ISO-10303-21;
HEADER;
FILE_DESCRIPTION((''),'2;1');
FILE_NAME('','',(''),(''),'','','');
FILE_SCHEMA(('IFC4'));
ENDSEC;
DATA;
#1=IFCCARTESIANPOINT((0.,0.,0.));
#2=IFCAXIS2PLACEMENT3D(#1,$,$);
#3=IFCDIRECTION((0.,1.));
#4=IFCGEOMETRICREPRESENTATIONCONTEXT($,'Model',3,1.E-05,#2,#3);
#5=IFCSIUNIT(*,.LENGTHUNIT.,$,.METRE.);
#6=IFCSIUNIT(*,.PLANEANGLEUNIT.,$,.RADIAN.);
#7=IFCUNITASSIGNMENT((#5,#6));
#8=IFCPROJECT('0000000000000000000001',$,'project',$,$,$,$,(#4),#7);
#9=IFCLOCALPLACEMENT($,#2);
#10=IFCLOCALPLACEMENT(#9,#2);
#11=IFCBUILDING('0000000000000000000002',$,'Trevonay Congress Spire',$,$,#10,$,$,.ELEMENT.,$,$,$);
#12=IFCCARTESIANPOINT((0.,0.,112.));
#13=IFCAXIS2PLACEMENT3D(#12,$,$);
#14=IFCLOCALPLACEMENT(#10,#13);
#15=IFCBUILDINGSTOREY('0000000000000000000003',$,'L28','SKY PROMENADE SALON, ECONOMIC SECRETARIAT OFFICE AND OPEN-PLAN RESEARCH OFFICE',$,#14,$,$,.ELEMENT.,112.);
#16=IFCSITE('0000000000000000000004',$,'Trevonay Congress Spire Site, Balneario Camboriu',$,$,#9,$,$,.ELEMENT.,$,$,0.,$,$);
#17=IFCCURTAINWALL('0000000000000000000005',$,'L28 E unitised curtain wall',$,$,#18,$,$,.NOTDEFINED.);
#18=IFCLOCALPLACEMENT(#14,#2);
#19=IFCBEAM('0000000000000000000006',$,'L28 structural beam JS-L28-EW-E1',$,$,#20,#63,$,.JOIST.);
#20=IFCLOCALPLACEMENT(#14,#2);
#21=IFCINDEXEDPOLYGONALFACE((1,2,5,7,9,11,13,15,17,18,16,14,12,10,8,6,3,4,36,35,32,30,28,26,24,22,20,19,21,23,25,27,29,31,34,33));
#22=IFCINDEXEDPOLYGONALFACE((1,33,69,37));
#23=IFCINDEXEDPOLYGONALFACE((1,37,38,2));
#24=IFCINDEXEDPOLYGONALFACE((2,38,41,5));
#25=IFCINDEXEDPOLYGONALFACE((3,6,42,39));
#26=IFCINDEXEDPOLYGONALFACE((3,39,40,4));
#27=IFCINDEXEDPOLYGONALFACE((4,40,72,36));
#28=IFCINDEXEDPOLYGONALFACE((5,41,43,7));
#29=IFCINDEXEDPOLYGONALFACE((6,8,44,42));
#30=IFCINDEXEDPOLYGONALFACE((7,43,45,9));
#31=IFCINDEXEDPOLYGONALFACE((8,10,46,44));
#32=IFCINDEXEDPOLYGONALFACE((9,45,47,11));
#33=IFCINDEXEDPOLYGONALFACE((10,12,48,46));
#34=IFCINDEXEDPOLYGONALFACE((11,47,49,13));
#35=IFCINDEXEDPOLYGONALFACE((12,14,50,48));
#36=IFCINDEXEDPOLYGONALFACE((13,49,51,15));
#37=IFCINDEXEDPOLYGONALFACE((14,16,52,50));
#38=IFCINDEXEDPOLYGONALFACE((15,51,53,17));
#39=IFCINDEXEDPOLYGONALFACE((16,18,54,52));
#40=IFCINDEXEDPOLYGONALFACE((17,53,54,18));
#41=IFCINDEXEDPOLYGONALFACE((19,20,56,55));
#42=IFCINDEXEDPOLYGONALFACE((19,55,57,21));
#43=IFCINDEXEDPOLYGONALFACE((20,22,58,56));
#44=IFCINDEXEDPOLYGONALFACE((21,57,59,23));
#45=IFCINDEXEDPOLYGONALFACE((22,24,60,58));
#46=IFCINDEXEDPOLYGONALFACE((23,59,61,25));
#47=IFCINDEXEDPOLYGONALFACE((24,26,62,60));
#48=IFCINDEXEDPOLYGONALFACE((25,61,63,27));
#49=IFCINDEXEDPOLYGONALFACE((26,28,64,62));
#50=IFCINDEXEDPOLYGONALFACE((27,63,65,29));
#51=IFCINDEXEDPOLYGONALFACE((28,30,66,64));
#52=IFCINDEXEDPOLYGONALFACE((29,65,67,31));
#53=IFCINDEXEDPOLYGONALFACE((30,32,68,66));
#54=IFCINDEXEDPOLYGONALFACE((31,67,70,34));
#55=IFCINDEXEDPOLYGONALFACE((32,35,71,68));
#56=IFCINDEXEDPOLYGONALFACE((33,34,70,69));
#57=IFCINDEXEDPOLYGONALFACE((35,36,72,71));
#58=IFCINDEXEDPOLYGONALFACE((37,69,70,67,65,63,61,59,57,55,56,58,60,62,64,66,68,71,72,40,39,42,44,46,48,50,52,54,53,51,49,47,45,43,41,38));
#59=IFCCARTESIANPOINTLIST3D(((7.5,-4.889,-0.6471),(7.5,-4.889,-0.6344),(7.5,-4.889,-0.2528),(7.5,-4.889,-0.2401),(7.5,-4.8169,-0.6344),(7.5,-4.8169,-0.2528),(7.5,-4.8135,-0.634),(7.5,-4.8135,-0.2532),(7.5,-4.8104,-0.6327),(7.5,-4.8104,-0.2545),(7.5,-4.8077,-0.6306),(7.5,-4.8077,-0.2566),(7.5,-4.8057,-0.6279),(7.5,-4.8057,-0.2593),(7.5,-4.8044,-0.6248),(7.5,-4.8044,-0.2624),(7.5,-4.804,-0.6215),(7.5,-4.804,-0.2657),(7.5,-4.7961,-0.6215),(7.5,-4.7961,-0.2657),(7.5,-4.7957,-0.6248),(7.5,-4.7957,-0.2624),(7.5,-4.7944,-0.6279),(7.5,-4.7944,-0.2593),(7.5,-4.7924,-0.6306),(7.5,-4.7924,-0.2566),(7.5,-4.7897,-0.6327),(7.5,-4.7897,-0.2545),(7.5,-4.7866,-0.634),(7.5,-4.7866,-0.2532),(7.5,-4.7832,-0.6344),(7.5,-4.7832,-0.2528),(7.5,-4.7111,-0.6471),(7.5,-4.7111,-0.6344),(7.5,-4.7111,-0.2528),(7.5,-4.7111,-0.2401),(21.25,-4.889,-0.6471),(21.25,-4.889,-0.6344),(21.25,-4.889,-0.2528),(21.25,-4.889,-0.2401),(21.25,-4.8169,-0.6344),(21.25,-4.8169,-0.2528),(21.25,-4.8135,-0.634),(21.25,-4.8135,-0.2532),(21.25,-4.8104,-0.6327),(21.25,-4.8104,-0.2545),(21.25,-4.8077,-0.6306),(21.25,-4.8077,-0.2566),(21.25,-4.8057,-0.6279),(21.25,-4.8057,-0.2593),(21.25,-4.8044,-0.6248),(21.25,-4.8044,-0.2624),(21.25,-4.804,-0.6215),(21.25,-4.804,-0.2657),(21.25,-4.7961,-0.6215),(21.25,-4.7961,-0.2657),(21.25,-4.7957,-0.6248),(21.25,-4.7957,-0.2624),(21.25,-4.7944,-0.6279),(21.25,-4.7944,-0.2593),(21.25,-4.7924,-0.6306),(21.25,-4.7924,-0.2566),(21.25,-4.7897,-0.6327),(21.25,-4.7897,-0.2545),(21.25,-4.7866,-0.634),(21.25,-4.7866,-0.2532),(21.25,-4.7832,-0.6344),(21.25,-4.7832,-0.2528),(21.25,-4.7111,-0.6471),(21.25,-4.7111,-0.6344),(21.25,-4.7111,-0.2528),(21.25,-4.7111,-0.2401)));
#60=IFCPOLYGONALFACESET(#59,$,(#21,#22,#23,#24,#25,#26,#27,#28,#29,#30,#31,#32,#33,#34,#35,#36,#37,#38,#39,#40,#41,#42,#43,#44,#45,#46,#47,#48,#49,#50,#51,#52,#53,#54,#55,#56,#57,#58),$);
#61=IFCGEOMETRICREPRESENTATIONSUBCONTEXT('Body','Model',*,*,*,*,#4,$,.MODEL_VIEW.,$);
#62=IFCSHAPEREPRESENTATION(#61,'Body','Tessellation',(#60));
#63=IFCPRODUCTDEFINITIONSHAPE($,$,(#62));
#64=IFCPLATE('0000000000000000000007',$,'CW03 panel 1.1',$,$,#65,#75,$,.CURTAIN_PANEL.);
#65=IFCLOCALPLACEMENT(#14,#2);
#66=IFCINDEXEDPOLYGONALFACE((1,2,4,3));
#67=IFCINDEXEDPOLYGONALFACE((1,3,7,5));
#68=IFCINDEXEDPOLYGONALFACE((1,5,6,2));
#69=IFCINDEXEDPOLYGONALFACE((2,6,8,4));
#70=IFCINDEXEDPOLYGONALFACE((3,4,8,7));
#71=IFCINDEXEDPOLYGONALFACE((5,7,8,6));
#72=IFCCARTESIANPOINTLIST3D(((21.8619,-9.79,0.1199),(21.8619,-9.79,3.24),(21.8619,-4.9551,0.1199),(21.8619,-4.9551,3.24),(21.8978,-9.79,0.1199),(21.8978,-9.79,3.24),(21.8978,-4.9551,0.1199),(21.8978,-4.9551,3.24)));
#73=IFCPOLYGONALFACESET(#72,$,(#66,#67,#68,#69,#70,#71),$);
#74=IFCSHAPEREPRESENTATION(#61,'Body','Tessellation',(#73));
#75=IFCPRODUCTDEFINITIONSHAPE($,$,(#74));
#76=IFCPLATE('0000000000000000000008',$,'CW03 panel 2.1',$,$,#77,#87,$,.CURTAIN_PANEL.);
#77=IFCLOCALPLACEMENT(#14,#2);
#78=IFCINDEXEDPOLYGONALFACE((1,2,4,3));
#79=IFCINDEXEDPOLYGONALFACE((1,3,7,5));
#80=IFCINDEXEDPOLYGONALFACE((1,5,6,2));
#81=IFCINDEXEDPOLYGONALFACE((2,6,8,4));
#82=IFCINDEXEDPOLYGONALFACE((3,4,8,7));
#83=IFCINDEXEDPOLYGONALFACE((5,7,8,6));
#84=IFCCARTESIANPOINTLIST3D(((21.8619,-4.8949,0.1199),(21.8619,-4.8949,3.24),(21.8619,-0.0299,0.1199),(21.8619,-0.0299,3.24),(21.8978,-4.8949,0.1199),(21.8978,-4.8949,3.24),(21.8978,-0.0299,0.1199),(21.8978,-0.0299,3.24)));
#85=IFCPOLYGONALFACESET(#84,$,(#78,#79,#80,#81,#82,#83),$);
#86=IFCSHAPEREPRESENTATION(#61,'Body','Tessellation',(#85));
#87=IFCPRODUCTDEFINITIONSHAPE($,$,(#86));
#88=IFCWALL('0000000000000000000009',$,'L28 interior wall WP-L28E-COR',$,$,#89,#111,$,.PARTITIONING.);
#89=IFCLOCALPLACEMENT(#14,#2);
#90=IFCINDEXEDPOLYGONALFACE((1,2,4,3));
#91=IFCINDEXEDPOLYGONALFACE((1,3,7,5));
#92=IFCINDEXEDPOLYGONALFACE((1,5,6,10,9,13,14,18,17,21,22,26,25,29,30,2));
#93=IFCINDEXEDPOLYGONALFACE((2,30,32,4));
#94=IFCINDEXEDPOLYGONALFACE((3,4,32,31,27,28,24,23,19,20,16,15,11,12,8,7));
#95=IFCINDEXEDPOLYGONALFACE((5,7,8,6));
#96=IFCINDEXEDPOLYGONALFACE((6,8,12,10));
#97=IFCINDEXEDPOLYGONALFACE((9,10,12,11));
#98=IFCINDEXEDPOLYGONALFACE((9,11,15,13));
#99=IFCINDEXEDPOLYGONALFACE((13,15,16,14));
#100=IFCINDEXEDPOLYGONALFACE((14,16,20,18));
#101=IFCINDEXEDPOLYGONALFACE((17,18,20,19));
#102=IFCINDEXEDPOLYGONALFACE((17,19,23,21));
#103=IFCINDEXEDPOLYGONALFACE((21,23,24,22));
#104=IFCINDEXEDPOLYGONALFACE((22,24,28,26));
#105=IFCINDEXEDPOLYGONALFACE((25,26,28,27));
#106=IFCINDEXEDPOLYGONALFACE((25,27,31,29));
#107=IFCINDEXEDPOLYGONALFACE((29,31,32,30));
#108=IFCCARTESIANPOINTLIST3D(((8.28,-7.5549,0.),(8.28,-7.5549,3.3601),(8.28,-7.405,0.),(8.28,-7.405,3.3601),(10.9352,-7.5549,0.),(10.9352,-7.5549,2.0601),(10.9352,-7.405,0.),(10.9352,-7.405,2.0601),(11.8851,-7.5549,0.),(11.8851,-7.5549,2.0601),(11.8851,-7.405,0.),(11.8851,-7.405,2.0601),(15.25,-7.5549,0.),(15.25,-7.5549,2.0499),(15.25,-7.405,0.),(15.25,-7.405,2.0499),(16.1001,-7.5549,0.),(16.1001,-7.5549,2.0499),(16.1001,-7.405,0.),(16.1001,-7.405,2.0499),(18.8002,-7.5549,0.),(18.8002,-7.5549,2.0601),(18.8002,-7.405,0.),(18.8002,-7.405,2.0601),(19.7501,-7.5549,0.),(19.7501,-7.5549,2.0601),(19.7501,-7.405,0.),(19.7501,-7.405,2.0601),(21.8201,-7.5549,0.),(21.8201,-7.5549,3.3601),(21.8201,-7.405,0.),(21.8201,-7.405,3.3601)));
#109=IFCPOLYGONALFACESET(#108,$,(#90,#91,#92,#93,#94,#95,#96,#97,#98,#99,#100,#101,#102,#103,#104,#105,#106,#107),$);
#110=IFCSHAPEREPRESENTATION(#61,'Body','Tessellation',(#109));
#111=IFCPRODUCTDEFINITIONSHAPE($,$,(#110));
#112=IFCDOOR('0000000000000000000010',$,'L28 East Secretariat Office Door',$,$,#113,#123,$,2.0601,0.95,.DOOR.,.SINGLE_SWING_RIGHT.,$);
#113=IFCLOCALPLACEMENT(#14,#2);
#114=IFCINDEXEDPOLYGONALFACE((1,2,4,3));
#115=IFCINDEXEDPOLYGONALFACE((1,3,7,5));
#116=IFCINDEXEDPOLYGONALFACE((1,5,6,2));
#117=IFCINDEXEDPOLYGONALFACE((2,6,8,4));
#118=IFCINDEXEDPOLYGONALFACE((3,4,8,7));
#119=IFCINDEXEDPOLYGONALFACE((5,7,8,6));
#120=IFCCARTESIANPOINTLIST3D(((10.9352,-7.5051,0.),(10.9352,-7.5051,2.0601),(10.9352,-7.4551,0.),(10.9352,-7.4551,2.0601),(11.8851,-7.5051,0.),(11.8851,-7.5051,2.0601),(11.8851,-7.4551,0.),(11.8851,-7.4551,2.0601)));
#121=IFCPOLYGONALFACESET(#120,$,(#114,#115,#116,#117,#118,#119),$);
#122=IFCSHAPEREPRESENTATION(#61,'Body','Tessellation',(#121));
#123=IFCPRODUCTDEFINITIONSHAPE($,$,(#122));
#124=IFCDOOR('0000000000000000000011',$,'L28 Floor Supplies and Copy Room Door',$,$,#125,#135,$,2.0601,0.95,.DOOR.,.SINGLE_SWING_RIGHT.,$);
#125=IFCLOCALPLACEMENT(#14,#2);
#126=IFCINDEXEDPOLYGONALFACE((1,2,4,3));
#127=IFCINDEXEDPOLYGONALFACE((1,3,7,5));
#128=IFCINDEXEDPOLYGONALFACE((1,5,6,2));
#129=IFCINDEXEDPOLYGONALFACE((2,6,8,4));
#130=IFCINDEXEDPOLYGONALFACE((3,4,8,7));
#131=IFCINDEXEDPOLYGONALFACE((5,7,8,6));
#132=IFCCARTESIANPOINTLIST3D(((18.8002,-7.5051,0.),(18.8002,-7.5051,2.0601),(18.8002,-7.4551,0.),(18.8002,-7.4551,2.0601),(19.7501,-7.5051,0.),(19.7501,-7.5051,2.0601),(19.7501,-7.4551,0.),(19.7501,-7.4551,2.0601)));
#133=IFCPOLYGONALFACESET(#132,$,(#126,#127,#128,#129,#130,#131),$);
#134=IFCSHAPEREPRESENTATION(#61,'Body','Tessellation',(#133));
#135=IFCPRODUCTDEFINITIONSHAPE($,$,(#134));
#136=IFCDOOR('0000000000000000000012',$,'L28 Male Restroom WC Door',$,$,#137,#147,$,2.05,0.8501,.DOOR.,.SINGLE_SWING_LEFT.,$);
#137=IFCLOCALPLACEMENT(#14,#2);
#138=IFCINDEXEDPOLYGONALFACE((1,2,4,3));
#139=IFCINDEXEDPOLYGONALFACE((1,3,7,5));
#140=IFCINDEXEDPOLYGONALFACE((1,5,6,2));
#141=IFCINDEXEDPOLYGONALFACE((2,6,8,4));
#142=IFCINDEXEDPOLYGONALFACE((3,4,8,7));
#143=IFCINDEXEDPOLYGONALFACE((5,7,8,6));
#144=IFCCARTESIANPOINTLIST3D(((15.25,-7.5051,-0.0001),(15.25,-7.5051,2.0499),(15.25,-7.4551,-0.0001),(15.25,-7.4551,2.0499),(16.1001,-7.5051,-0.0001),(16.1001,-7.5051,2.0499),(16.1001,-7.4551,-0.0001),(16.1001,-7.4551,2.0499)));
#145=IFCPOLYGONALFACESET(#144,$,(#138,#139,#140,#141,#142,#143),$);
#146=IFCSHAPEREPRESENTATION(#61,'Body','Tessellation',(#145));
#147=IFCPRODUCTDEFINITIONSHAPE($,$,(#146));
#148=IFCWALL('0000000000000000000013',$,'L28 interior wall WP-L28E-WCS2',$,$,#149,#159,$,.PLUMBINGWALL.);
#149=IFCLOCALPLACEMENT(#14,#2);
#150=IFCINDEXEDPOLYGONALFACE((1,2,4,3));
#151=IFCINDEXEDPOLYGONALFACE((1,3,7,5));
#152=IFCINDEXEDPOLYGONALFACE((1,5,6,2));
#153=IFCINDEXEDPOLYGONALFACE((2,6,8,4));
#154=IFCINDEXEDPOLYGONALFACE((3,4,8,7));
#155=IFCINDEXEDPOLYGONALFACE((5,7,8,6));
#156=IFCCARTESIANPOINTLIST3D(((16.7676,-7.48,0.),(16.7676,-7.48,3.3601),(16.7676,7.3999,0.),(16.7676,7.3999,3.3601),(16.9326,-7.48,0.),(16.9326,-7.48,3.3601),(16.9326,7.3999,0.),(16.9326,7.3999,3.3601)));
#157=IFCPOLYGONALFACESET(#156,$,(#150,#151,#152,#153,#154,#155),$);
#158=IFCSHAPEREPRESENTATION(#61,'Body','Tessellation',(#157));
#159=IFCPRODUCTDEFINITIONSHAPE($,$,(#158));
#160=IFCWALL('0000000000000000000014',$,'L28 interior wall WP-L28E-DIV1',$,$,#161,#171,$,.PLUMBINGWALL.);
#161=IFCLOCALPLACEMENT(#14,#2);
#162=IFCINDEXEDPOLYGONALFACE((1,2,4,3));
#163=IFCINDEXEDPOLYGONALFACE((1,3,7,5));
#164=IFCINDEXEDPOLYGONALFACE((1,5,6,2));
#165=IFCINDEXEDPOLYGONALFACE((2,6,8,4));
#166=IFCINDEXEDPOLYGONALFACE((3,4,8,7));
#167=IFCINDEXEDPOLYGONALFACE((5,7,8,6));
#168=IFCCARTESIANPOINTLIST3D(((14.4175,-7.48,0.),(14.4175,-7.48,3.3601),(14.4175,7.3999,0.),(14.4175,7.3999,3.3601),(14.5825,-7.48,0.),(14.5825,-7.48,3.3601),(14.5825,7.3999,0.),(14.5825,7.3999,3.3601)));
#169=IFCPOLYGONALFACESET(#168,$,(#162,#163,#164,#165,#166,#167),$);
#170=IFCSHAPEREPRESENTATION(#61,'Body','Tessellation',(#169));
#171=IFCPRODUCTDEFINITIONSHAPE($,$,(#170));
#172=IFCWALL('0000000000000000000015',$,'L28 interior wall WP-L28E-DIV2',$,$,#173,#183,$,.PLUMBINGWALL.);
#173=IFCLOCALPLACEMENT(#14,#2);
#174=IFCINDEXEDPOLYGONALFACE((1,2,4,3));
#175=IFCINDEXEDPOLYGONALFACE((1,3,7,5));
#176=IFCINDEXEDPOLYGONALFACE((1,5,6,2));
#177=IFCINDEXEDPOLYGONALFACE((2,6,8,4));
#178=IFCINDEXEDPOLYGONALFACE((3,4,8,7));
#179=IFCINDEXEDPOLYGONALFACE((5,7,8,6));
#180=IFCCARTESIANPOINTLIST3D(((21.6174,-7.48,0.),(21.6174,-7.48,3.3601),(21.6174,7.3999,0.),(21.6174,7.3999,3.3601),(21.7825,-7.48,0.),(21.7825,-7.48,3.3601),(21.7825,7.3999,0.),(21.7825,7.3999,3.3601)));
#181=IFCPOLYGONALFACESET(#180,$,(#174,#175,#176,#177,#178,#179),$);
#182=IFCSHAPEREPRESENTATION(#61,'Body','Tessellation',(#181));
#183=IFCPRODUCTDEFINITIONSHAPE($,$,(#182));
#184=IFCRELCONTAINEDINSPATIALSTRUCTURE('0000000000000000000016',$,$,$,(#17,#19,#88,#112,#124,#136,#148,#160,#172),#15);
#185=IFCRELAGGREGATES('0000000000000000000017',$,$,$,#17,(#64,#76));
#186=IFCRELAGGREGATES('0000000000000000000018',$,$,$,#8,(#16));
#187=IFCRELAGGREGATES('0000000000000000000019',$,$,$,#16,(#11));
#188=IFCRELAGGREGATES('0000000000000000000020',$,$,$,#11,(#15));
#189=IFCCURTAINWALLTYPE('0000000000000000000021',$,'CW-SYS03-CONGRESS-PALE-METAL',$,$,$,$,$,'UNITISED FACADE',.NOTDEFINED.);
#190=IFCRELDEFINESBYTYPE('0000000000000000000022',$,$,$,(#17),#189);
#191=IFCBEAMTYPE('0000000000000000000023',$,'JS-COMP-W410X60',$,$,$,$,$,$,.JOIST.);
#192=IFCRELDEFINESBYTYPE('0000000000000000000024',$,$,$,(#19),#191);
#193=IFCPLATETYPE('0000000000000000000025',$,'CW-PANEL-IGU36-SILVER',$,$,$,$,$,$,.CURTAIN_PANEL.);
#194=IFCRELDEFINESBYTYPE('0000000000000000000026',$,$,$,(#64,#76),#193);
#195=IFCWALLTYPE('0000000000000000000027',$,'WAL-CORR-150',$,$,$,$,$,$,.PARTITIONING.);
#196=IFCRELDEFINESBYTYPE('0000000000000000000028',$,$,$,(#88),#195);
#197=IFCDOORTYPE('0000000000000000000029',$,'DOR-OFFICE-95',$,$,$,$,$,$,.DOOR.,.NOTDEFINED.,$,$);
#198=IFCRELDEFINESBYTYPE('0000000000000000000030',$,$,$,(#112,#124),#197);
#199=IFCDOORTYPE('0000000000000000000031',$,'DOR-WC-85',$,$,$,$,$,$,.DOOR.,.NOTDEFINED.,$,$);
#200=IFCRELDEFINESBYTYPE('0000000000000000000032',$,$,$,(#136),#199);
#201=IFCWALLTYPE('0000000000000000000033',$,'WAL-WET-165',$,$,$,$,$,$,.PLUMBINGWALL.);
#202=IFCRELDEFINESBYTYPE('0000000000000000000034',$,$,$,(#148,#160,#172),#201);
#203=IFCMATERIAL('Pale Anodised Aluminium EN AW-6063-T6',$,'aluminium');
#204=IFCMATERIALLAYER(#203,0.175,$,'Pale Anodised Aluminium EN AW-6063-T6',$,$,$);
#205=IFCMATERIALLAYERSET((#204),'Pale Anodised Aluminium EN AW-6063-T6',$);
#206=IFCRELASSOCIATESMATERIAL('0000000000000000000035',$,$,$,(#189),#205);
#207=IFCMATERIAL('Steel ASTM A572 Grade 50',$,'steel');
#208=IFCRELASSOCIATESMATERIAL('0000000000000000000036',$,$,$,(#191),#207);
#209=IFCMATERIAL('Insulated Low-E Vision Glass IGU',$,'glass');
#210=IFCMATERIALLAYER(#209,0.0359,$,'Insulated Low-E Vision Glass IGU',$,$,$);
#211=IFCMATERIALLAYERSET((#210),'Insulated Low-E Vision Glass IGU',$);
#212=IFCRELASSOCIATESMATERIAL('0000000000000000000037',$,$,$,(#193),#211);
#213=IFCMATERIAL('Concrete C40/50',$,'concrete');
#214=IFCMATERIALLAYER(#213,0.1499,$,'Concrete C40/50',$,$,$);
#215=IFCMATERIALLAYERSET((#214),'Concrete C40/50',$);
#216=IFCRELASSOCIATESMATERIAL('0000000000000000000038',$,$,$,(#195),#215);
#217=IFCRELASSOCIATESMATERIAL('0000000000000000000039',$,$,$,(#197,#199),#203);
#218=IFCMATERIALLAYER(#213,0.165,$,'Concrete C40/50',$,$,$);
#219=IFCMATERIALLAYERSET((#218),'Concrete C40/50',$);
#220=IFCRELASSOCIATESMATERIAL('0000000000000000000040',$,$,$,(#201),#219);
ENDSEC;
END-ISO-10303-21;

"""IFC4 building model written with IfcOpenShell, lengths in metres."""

from ifc_helpers import new_model, si_unit, direction, frame, frame_2d, origin, origin_2d, place, context, subcontext, project, spatial, rectangle, i_section, extrude, material, layer, layer_set, material_profile, profile_set, type_object, element, fill, aggregate, save


model = new_model("IFC4")

# Units and contexts
model_context = context("Model", 3, precision=1e-05, world=origin(), true_north=direction((0.0, 1.0)))
body_context = subcontext(model_context, "Body", "Model", "MODEL_VIEW")
ifc_project = project(units=[si_unit("LENGTHUNIT", "METRE"), si_unit("PLANEANGLEUNIT", "RADIAN")], contexts=[model_context])

# Site, building, storey
site_placement = place(None, origin())
site = spatial("IfcSite", under=ifc_project, at=site_placement, Name="Trevonay Congress Spire Site, Balneario Camboriu", CompositionType="ELEMENT", RefElevation=0.0)
building_placement = place(site_placement, origin())
building = spatial("IfcBuilding", under=site, at=building_placement, Name="Trevonay Congress Spire", CompositionType="ELEMENT")
storey_placement = place(building_placement, frame((0.0, 0.0, 112.0)))
storey = spatial("IfcBuildingStorey", under=building, at=storey_placement, Name="L28", Description="SKY PROMENADE SALON, ECONOMIC SECRETARIAT OFFICE AND OPEN-PLAN RESEARCH OFFICE", CompositionType="ELEMENT", Elevation=112.0)

# Shared definitions
ifc_material_1 = material(Name="Steel ASTM A572 Grade 50", Category="steel")

# Curtain wall
ifc_material_2 = material(Name="Pale Anodised Aluminium EN AW-6063-T6", Category="aluminium")
ifc_layer_1 = layer(ifc_material_2, 0.175, Name="Pale Anodised Aluminium EN AW-6063-T6")
ifc_layer_set_1 = layer_set([ifc_layer_1], Name="Pale Anodised Aluminium EN AW-6063-T6")
curtain_wall_type = type_object("IfcCurtainWallType", Name="CW-SYS03-CONGRESS-PALE-METAL", ElementType="UNITISED FACADE", PredefinedType="NOTDEFINED", material=ifc_layer_set_1)
curtain_wall_placement = place(storey_placement, origin())
curtain_wall = element("IfcCurtainWall", 1, at=curtain_wall_placement, inside=storey, type_object=curtain_wall_type, Name="L28 E unitised curtain wall", PredefinedType="NOTDEFINED")

# Beam
ifc_material_profile_1 = material_profile(ifc_material_1, i_section(OverallWidth=0.178, OverallDepth=0.407, WebThickness=0.0078, FlangeThickness=0.0127, FilletRadius=0.0129, at=origin_2d()), Name="W410x60")
ifc_profile_set_1 = profile_set([ifc_material_profile_1], Name="Steel ASTM A572 Grade 50")
beam_type_1 = type_object("IfcBeamType", Name="JS-COMP-W410X60", PredefinedType="JOIST", material=ifc_profile_set_1)
beam_1_placement = place(storey_placement, frame((7.5, -4.8, -0.4436), z_axis=(1.0, 0.0, 0.0), x_axis=(0.0, 1.0, 0.0)))
element("IfcBeam", 2, at=beam_1_placement, inside=storey, type_object=beam_type_1, Name="L28 structural beam JS-L28-EW-E1", PredefinedType="JOIST", context=body_context, shape_type="SweptSolid", body=[
    extrude(i_section(OverallWidth=0.178, OverallDepth=0.407, WebThickness=0.0078, FlangeThickness=0.0127, FilletRadius=0.0129, at=origin_2d()), origin(), (0.0, 0.0, 1.0), 13.75),
])

# Plates
ifc_material_3 = material(Name="Insulated Low-E Vision Glass IGU", Category="glass")
ifc_layer_2 = layer(ifc_material_3, 0.0359, Name="Insulated Low-E Vision Glass IGU")
ifc_layer_set_2 = layer_set([ifc_layer_2], Name="Insulated Low-E Vision Glass IGU")
plate_type = type_object("IfcPlateType", Name="CW-PANEL-IGU36-SILVER", PredefinedType="CURTAIN_PANEL", material=ifc_layer_set_2)
plate_1_placement = place(storey_placement, frame((21.8799, -7.3726, 0.1199), z_axis=(0.0, 0.0, 1.0), x_axis=(0.0, 1.0, 0.0)))
plate_1 = element("IfcPlate", 3, at=plate_1_placement, type_object=plate_type, Name="CW03 panel 1.1", PredefinedType="CURTAIN_PANEL", context=body_context, shape_type="SweptSolid", body=[
    extrude(rectangle(XDim=4.835, YDim=0.0359, at=origin_2d()), origin(), (0.0, 0.0, 1.0), 3.1201),
])
plate_2_placement = place(storey_placement, frame((21.8799, -2.4624, 0.1199), z_axis=(0.0, 0.0, 1.0), x_axis=(0.0, 1.0, 0.0)))
plate_2 = element("IfcPlate", 4, at=plate_2_placement, type_object=plate_type, Name="CW03 panel 2.1", PredefinedType="CURTAIN_PANEL", context=body_context, shape_type="SweptSolid", body=[
    extrude(rectangle(XDim=4.865, YDim=0.0359, at=origin_2d()), origin(), (0.0, 0.0, 1.0), 3.1201),
])
aggregate(curtain_wall, [plate_1, plate_2])

# Wall, openings, doors
ifc_material_4 = material(Name="Concrete C40/50", Category="concrete")
ifc_layer_3 = layer(ifc_material_4, 0.1499, Name="Concrete C40/50")
ifc_layer_set_3 = layer_set([ifc_layer_3], Name="Concrete C40/50")
wall_type_1 = type_object("IfcWallType", Name="WAL-CORR-150", PredefinedType="PARTITIONING", material=ifc_layer_set_3)
wall_placement = place(storey_placement, frame((8.28, -7.48, 0.0), z_axis=(0.0, 0.0, 1.0), x_axis=(1.0, 0.0, 0.0)))
wall = element("IfcWall", 5, at=wall_placement, inside=storey, type_object=wall_type_1, Name="L28 interior wall WP-L28E-COR", PredefinedType="PARTITIONING", context=body_context, shape_type="SweptSolid", body=[
    extrude(rectangle(XDim=13.54, YDim=0.1499, at=frame_2d((6.77, 0.0))), origin(), (0.0, 0.0, 1.0), 3.3601),
])
opening_1_placement = place(wall_placement, frame((2.655, 0.0, 0.0)))
opening_1 = element("IfcOpeningElement", 6, at=opening_1_placement, cuts=wall, PredefinedType="OPENING", context=body_context, shape_type="SweptSolid", body=[
    extrude(rectangle(XDim=0.95, YDim=2.0601, at=frame_2d((0.4751, 1.03))), frame((0.0, 0.085, 0.0), z_axis=(0.0, -1.0, 0.0), x_axis=(1.0, 0.0, 0.0)), (0.0, 0.0, 1.0), 0.1699),
])
opening_2_placement = place(wall_placement, frame((6.97, 0.0, 0.0)))
opening_2 = element("IfcOpeningElement", 7, at=opening_2_placement, cuts=wall, PredefinedType="OPENING", context=body_context, shape_type="SweptSolid", body=[
    extrude(rectangle(XDim=0.8501, YDim=2.05, at=frame_2d((0.425, 1.0249))), frame((0.0, 0.085, 0.0), z_axis=(0.0, -1.0, 0.0), x_axis=(1.0, 0.0, 0.0)), (0.0, 0.0, 1.0), 0.1699),
])
opening_3_placement = place(wall_placement, frame((10.52, 0.0, 0.0)))
opening_3 = element("IfcOpeningElement", 8, at=opening_3_placement, cuts=wall, PredefinedType="OPENING", context=body_context, shape_type="SweptSolid", body=[
    extrude(rectangle(XDim=0.95, YDim=2.0601, at=frame_2d((0.4751, 1.03))), frame((0.0, 0.085, 0.0), z_axis=(0.0, -1.0, 0.0), x_axis=(1.0, 0.0, 0.0)), (0.0, 0.0, 1.0), 0.1699),
])
door_type_1 = type_object("IfcDoorType", Name="DOR-OFFICE-95", OperationType="NOTDEFINED", PredefinedType="DOOR", material=ifc_material_2)
door_1_placement = place(opening_1_placement, origin())
door_1 = element("IfcDoor", 9, at=door_1_placement, inside=storey, type_object=door_type_1, Name="L28 East Secretariat Office Door", OperationType="SINGLE_SWING_RIGHT", OverallHeight=2.0601, OverallWidth=0.95, PredefinedType="DOOR", context=body_context, shape_type="SweptSolid", body=[
    extrude(rectangle(XDim=0.95, YDim=2.0601, at=frame_2d((0.4751, 1.03))), frame((0.0, 0.0249, 0.0), z_axis=(0.0, -1.0, 0.0), x_axis=(1.0, 0.0, 0.0)), (0.0, 0.0, 1.0), 0.05),
])
fill(opening_1, door_1)
door_2_placement = place(opening_3_placement, origin())
door_2 = element("IfcDoor", 10, at=door_2_placement, inside=storey, type_object=door_type_1, Name="L28 Floor Supplies and Copy Room Door", OperationType="SINGLE_SWING_RIGHT", OverallHeight=2.0601, OverallWidth=0.95, PredefinedType="DOOR", context=body_context, shape_type="SweptSolid", body=[
    extrude(rectangle(XDim=0.95, YDim=2.0601, at=frame_2d((0.4751, 1.03))), frame((0.0, 0.0249, 0.0), z_axis=(0.0, -1.0, 0.0), x_axis=(1.0, 0.0, 0.0)), (0.0, 0.0, 1.0), 0.05),
])
fill(opening_3, door_2)
door_type_2 = type_object("IfcDoorType", Name="DOR-WC-85", OperationType="NOTDEFINED", PredefinedType="DOOR", material=ifc_material_2)
door_3_placement = place(opening_2_placement, origin())
door_3 = element("IfcDoor", 11, at=door_3_placement, inside=storey, type_object=door_type_2, Name="L28 Male Restroom WC Door", OperationType="SINGLE_SWING_LEFT", OverallHeight=2.05, OverallWidth=0.8501, PredefinedType="DOOR", context=body_context, shape_type="SweptSolid", body=[
    extrude(rectangle(XDim=0.8501, YDim=2.05, at=frame_2d((0.425, 1.0249))), frame((0.0, 0.0249, 0.0), z_axis=(0.0, -1.0, 0.0), x_axis=(1.0, 0.0, 0.0)), (0.0, 0.0, 1.0), 0.05),
])
fill(opening_2, door_3)

# Walls
ifc_layer_4 = layer(ifc_material_4, 0.165, Name="Concrete C40/50")
ifc_layer_set_4 = layer_set([ifc_layer_4], Name="Concrete C40/50")
wall_type_2 = type_object("IfcWallType", Name="WAL-WET-165", PredefinedType="PLUMBINGWALL", material=ifc_layer_set_4)
for number, where, z_axis, x_axis, name in (
    (12, (16.8501, -7.48, 0.0), (0.0, 0.0, 1.0), (0.0, 1.0, 0.0), "L28 interior wall WP-L28E-WCS2"),
    (13, (14.5, -7.48, 0.0), (0.0, 0.0, 1.0), (0.0, 1.0, 0.0), "L28 interior wall WP-L28E-DIV1"),
    (14, (21.7, -7.48, 0.0), (0.0, 0.0, 1.0), (0.0, 1.0, 0.0), "L28 interior wall WP-L28E-DIV2"),
):
    element("IfcWall", number, at=place(storey_placement, frame(where, z_axis=z_axis, x_axis=x_axis)), inside=storey, type_object=wall_type_2, Name=name, PredefinedType="PLUMBINGWALL", context=body_context, shape_type="SweptSolid", body=[
        extrude(rectangle(XDim=14.8799, YDim=0.165, at=frame_2d((7.4399, 0.0))), origin(), (0.0, 0.0, 1.0), 3.3601),
    ])

save(model, "model.ifc")
